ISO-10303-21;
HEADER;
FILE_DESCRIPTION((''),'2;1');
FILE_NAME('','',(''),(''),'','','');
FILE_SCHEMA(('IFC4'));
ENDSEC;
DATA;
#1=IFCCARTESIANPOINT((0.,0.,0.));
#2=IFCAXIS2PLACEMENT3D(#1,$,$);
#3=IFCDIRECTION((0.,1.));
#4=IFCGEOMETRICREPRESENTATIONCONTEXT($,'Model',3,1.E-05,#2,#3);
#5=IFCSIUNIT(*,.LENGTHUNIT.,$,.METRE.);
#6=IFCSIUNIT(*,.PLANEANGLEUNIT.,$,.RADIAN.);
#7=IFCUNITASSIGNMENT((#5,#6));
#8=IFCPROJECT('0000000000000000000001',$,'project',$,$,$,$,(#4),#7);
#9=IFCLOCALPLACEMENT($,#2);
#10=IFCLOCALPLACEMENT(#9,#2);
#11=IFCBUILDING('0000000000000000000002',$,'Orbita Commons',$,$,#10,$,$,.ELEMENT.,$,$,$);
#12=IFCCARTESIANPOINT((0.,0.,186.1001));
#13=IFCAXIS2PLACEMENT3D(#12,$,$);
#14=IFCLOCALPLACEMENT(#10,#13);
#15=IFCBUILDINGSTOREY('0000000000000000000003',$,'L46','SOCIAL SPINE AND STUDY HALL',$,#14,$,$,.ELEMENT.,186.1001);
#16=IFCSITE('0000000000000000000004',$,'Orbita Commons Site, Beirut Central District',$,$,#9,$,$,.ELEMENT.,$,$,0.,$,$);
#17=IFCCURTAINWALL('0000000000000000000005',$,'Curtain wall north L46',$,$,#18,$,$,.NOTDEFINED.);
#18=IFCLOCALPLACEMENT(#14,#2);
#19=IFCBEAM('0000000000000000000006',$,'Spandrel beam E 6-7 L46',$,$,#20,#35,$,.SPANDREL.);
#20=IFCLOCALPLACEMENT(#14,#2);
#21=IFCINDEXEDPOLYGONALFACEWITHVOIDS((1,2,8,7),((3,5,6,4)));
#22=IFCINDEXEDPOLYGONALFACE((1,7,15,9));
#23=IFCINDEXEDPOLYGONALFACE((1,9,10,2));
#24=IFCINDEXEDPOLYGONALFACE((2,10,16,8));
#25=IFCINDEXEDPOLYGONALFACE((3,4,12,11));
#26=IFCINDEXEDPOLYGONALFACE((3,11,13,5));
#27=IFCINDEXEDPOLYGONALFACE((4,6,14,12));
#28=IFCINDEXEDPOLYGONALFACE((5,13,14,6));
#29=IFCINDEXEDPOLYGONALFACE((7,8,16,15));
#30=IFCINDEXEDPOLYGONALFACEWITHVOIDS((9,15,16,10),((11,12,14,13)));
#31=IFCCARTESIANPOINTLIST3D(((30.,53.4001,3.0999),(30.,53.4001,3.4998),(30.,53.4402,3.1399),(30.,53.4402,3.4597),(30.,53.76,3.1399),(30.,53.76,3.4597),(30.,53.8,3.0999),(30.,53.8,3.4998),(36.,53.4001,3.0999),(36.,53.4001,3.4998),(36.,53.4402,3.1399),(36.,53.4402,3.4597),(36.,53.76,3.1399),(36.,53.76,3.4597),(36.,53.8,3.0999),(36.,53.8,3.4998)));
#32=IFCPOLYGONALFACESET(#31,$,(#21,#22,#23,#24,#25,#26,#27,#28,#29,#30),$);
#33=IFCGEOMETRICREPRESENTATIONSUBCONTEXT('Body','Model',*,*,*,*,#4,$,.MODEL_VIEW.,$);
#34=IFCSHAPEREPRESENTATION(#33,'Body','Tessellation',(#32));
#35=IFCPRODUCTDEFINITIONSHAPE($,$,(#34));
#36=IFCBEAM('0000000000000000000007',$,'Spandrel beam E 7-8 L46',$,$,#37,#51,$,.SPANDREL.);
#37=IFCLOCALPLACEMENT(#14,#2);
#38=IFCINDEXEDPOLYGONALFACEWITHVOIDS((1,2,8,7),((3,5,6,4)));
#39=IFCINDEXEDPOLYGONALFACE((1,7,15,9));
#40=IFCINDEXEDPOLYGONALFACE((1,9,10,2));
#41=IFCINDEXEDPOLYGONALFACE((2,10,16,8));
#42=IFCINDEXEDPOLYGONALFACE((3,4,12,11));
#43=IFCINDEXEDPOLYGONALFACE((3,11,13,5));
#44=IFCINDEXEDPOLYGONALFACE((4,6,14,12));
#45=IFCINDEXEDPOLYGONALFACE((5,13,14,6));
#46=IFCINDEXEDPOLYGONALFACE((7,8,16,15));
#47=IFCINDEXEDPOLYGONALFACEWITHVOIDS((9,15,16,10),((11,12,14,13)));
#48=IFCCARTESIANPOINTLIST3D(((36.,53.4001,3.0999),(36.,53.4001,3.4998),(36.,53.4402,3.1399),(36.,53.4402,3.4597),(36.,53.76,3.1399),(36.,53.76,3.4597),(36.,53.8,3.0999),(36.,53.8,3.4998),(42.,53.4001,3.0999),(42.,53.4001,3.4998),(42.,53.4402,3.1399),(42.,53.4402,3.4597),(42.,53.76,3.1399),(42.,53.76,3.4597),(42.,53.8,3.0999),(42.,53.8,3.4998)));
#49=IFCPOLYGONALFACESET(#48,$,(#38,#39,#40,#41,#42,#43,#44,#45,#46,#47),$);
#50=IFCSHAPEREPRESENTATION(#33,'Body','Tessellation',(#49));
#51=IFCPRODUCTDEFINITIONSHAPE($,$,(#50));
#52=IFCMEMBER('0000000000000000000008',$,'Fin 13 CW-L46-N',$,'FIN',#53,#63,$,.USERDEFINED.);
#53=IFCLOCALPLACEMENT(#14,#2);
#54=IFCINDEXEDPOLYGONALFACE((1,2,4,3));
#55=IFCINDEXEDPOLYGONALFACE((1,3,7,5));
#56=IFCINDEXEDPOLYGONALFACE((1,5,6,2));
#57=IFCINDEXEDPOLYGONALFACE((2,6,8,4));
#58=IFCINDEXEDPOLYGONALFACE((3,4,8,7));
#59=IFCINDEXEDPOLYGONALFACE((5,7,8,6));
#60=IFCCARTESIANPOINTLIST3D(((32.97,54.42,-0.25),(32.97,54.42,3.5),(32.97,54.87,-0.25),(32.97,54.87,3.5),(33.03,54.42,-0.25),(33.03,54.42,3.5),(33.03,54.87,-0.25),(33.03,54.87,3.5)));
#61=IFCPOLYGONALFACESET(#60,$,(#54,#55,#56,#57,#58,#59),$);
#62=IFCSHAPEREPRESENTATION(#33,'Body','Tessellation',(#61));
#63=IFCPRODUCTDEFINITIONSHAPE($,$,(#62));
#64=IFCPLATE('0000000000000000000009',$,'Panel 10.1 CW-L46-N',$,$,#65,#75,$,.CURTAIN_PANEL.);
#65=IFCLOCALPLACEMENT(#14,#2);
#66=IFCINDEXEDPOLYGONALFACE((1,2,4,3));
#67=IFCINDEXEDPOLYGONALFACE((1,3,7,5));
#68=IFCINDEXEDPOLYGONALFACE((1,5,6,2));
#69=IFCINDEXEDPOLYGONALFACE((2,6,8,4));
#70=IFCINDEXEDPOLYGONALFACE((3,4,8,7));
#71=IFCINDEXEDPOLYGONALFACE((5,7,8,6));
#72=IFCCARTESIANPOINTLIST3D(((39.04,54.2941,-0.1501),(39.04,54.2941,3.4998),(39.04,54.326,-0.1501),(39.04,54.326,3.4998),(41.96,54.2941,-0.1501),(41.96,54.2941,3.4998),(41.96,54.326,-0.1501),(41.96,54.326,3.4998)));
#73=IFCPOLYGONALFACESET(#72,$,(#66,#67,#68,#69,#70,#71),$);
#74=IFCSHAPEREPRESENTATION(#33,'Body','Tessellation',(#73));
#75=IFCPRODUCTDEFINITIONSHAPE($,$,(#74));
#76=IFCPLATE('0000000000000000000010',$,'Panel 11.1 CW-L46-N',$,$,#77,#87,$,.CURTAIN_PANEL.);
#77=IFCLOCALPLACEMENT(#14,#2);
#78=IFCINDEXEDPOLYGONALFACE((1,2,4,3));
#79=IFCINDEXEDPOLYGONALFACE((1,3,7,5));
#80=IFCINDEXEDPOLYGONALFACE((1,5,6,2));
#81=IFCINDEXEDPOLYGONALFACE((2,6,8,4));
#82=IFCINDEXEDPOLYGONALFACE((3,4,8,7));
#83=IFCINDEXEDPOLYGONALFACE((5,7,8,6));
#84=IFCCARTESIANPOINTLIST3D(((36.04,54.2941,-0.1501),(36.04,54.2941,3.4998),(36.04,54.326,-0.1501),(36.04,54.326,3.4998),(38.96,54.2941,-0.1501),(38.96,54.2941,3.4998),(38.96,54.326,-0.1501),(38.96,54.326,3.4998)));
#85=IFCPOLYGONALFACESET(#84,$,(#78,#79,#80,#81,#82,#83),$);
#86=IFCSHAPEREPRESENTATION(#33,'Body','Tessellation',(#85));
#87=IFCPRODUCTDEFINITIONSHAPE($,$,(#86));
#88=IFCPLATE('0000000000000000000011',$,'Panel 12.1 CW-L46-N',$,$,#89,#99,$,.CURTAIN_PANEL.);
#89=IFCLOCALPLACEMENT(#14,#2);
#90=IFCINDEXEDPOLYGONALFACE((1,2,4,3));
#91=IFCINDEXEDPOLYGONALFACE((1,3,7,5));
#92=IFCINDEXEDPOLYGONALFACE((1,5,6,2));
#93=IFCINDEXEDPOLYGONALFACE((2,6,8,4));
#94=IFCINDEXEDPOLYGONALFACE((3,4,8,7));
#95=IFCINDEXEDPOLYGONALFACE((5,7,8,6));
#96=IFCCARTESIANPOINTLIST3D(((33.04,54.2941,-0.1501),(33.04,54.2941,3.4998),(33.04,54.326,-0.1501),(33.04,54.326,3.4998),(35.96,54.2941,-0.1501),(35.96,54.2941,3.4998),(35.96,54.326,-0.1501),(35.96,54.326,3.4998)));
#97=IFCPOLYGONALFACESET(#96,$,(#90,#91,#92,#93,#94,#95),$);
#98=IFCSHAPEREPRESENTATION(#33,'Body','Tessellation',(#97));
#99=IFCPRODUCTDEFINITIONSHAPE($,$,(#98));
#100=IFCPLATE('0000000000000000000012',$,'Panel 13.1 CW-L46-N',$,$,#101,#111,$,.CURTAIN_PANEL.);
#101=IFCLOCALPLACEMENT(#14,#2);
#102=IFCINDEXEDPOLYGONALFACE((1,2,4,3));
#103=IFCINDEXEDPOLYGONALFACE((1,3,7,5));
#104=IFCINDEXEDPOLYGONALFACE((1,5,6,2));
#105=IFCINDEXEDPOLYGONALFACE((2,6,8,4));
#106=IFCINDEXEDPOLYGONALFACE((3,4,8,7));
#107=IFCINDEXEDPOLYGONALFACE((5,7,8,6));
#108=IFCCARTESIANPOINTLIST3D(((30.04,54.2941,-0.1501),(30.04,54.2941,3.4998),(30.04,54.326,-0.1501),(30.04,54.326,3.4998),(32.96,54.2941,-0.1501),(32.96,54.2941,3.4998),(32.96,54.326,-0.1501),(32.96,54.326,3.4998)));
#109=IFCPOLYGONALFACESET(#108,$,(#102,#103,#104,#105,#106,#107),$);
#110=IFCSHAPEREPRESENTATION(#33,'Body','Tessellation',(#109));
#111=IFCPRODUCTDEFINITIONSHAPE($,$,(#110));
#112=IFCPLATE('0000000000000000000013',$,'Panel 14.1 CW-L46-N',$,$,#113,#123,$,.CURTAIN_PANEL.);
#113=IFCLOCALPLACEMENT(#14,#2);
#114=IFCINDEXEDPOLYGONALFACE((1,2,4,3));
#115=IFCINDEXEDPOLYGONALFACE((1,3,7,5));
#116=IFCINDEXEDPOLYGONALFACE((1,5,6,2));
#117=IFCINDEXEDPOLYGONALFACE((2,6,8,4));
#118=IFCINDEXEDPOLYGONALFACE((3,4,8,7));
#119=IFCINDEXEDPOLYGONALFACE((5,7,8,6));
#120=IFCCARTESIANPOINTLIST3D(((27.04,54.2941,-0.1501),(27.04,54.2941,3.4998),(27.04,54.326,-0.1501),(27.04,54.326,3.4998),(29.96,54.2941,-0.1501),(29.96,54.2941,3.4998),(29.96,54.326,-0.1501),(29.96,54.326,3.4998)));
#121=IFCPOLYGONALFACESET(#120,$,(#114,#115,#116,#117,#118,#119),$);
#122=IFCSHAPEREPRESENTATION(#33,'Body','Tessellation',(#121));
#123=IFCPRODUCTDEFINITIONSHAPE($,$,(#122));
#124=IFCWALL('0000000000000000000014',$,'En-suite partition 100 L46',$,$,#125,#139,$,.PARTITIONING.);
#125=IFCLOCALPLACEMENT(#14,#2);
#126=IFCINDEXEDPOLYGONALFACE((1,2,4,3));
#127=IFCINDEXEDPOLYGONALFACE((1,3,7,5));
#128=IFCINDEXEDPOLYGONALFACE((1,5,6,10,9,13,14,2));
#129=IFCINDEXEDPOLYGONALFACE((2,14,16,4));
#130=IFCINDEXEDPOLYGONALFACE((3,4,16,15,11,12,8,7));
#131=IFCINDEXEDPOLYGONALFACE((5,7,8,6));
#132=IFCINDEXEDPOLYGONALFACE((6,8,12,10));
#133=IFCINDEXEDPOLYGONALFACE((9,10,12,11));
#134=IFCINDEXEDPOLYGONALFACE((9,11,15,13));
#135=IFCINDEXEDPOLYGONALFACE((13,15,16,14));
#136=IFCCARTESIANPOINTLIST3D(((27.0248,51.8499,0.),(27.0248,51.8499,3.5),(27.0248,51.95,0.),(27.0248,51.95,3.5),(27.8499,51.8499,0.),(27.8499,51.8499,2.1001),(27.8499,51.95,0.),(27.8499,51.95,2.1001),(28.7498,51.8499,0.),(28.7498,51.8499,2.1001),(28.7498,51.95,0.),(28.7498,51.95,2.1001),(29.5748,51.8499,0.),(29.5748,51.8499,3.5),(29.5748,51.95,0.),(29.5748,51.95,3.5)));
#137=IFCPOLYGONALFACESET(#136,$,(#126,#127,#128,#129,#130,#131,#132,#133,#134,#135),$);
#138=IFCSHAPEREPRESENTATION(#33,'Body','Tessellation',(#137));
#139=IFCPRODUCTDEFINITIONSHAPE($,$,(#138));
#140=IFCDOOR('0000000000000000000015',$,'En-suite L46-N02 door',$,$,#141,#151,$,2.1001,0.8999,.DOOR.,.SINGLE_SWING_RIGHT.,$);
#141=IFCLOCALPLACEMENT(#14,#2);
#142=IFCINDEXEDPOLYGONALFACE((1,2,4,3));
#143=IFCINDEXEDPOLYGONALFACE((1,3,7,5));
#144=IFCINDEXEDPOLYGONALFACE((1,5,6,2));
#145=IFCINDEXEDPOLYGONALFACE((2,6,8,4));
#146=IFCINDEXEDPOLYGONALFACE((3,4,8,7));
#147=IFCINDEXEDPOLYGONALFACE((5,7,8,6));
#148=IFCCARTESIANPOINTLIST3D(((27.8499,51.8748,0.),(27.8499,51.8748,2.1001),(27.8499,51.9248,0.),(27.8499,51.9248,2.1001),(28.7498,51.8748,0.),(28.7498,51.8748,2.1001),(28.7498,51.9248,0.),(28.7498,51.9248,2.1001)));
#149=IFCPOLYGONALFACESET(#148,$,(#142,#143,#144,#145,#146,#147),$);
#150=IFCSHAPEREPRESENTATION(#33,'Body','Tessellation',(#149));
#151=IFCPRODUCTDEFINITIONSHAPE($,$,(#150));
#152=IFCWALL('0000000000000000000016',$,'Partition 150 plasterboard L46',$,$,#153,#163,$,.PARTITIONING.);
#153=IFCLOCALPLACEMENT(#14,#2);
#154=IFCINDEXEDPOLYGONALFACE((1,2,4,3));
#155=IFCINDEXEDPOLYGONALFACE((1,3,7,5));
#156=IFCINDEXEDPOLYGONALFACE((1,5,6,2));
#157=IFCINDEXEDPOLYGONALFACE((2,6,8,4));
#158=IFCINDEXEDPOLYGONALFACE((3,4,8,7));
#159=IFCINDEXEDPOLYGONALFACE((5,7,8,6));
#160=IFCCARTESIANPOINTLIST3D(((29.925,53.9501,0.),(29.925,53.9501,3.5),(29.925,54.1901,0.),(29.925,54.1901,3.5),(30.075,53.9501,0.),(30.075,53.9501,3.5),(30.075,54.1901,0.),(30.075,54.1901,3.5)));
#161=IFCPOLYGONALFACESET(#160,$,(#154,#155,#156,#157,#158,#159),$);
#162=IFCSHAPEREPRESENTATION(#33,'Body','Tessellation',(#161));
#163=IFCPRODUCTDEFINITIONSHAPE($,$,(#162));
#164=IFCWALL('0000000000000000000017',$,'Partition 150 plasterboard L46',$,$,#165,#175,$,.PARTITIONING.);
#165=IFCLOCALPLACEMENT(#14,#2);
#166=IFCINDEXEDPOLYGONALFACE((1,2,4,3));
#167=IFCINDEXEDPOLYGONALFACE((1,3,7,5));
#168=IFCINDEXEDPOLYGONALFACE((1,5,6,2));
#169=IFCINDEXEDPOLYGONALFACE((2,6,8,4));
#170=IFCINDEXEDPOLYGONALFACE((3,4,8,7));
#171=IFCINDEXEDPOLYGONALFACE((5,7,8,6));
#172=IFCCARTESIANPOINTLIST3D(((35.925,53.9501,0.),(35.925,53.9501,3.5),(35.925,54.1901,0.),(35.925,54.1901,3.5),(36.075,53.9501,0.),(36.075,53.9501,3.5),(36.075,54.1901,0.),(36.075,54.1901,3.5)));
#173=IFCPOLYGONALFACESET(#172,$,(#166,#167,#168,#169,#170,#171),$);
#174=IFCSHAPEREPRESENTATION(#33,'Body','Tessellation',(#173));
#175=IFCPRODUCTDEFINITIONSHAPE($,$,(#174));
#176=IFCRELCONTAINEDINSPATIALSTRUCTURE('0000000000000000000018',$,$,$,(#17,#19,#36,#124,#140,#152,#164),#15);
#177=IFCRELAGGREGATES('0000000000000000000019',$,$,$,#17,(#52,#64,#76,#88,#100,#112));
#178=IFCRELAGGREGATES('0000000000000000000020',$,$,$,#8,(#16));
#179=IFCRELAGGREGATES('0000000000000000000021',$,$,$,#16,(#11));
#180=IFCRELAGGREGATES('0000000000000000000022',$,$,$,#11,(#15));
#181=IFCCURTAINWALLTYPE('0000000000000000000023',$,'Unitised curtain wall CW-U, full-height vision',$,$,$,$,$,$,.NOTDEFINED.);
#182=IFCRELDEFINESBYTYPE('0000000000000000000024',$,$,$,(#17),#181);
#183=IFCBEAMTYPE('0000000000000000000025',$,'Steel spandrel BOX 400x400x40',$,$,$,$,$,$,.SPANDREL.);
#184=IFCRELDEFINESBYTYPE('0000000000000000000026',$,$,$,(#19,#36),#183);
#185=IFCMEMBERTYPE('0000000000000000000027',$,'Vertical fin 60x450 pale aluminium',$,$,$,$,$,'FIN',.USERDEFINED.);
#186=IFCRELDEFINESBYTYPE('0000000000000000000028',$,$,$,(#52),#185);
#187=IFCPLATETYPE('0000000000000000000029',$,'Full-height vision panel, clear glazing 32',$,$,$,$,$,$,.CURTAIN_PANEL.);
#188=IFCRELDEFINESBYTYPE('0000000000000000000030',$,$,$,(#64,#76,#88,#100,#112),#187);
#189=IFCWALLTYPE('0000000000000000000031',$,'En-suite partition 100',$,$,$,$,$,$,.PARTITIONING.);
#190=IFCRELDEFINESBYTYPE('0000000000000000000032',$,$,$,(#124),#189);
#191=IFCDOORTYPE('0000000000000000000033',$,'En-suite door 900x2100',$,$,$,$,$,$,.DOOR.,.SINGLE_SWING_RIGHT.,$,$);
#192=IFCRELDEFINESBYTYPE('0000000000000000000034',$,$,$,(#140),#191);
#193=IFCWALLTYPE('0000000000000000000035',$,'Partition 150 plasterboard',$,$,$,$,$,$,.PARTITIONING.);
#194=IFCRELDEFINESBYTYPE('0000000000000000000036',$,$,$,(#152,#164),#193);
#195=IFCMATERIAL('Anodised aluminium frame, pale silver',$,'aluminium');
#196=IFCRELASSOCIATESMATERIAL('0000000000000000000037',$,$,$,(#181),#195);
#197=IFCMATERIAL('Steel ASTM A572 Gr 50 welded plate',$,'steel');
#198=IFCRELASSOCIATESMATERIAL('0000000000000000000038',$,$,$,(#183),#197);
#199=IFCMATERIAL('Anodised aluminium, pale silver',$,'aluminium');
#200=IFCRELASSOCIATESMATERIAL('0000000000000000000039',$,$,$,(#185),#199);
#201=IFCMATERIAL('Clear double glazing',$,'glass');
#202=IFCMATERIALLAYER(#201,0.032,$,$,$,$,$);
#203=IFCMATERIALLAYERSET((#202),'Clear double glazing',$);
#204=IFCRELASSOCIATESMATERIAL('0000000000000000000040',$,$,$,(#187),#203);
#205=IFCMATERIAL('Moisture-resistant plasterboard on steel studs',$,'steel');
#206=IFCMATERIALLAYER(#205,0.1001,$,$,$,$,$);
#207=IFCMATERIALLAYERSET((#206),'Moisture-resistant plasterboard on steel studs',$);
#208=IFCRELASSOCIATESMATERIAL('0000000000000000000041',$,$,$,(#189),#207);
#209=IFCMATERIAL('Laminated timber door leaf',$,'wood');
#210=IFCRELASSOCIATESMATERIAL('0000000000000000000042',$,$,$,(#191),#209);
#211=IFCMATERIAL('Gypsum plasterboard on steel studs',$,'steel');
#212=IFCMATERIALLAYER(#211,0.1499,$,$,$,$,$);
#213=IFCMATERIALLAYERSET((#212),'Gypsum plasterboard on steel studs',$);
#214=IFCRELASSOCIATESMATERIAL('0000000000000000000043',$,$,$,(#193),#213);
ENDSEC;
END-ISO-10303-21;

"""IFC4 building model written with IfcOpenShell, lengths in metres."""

from ifc_helpers import new_model, si_unit, direction, frame, frame_2d, origin, origin_2d, place, context, subcontext, project, spatial, rectangle, hollow_rectangle, extrude, material, layer, layer_set, material_profile, profile_set, type_object, element, fill, aggregate, save


model = new_model("IFC4")

# Units and contexts
model_context = context("Model", 3, precision=1e-05, world=origin(), true_north=direction((0.0, 1.0)))
body_context = subcontext(model_context, "Body", "Model", "MODEL_VIEW")
ifc_project = project(units=[si_unit("LENGTHUNIT", "METRE"), si_unit("PLANEANGLEUNIT", "RADIAN")], contexts=[model_context])

# Site, building, storey
site_placement = place(None, origin())
site = spatial("IfcSite", under=ifc_project, at=site_placement, Name="Orbita Commons Site, Beirut Central District", CompositionType="ELEMENT", RefElevation=0.0)
building_placement = place(site_placement, origin())
building = spatial("IfcBuilding", under=site, at=building_placement, Name="Orbita Commons", CompositionType="ELEMENT")
storey_placement = place(building_placement, frame((0.0, 0.0, 186.1001)))
storey = spatial("IfcBuildingStorey", under=building, at=storey_placement, Name="L46", Description="SOCIAL SPINE AND STUDY HALL", CompositionType="ELEMENT", Elevation=186.1001)

# Curtain wall
ifc_material_1 = material(Name="Anodised aluminium frame, pale silver", Category="aluminium")
curtain_wall_type = type_object("IfcCurtainWallType", Name="Unitised curtain wall CW-U, full-height vision", PredefinedType="NOTDEFINED", material=ifc_material_1)
curtain_wall_placement = place(storey_placement, origin())
curtain_wall = element("IfcCurtainWall", 1, at=curtain_wall_placement, inside=storey, type_object=curtain_wall_type, Name="Curtain wall north L46", PredefinedType="NOTDEFINED")

# Beams
ifc_material_2 = material(Name="Steel ASTM A572 Gr 50 welded plate", Category="steel")
ifc_material_profile_1 = material_profile(ifc_material_2, hollow_rectangle(XDim=0.3999, YDim=0.3999, WallThickness=0.04, at=origin_2d()), Name="BOX 400x400x40")
ifc_profile_set_1 = profile_set([ifc_material_profile_1], Name="Steel ASTM A572 Gr 50 welded plate")
beam_type = type_object("IfcBeamType", Name="Steel spandrel BOX 400x400x40", PredefinedType="SPANDREL", material=ifc_profile_set_1)
for number, where, z_axis, x_axis, name in (
    (2, (30.0, 53.6001, 3.2998), (1.0, 0.0, 0.0), (0.0, 1.0, 0.0), "Spandrel beam E 6-7 L46"),
    (3, (36.0, 53.6001, 3.2998), (1.0, 0.0, 0.0), (0.0, 1.0, 0.0), "Spandrel beam E 7-8 L46"),
):
    element("IfcBeam", number, at=place(storey_placement, frame(where, z_axis=z_axis, x_axis=x_axis)), inside=storey, type_object=beam_type, Name=name, PredefinedType="SPANDREL", context=body_context, shape_type="SweptSolid", body=[
        extrude(hollow_rectangle(XDim=0.3999, YDim=0.3999, WallThickness=0.04, at=origin_2d()), origin(), (0.0, 0.0, 1.0), 6.0),
    ])

# Member
ifc_material_3 = material(Name="Anodised aluminium, pale silver", Category="aluminium")
ifc_material_profile_2 = material_profile(ifc_material_3, rectangle(XDim=0.0601, YDim=0.45, at=origin_2d()), Name="FIN 60x450")
ifc_profile_set_2 = profile_set([ifc_material_profile_2], Name="Anodised aluminium, pale silver")
member_type_1 = type_object("IfcMemberType", Name="Vertical fin 60x450 pale aluminium", ElementType="FIN", PredefinedType="USERDEFINED", material=ifc_profile_set_2)
member_1_placement = place(storey_placement, frame((33.0, 54.645, -0.25), z_axis=(0.0, 0.0, 1.0), x_axis=(-1.0, 0.0, 0.0)))
member_1 = element("IfcMember", 4, at=member_1_placement, type_object=member_type_1, Name="Fin 13 CW-L46-N", ObjectType="FIN", PredefinedType="USERDEFINED", context=body_context, shape_type="SweptSolid", body=[
    extrude(rectangle(XDim=0.0601, YDim=0.45, at=origin_2d()), origin(), (0.0, 0.0, 1.0), 3.75),
])

# Plates
ifc_material_4 = material(Name="Clear double glazing", Category="glass")
ifc_layer_1 = layer(ifc_material_4, 0.032)
ifc_layer_set_1 = layer_set([ifc_layer_1], Name="Clear double glazing")
plate_type = type_object("IfcPlateType", Name="Full-height vision panel, clear glazing 32", PredefinedType="CURTAIN_PANEL", material=ifc_layer_set_1)
plate_1_placement = place(storey_placement, frame((40.5, 54.3101, -0.1501), z_axis=(0.0, 0.0, 1.0), x_axis=(-1.0, 0.0, 0.0)))
plate_1 = element("IfcPlate", 5, at=plate_1_placement, type_object=plate_type, Name="Panel 10.1 CW-L46-N", PredefinedType="CURTAIN_PANEL", context=body_context, shape_type="SweptSolid", body=[
    extrude(rectangle(XDim=2.9199, YDim=0.032, at=origin_2d()), origin(), (0.0, 0.0, 1.0), 3.6499),
])
plate_2_placement = place(storey_placement, frame((37.5, 54.3101, -0.1501), z_axis=(0.0, 0.0, 1.0), x_axis=(-1.0, 0.0, 0.0)))
plate_2 = element("IfcPlate", 6, at=plate_2_placement, type_object=plate_type, Name="Panel 11.1 CW-L46-N", PredefinedType="CURTAIN_PANEL", context=body_context, shape_type="SweptSolid", body=[
    extrude(rectangle(XDim=2.9199, YDim=0.032, at=origin_2d()), origin(), (0.0, 0.0, 1.0), 3.6499),
])
plate_3_placement = place(storey_placement, frame((34.5, 54.3101, -0.1501), z_axis=(0.0, 0.0, 1.0), x_axis=(-1.0, 0.0, 0.0)))
plate_3 = element("IfcPlate", 7, at=plate_3_placement, type_object=plate_type, Name="Panel 12.1 CW-L46-N", PredefinedType="CURTAIN_PANEL", context=body_context, shape_type="SweptSolid", body=[
    extrude(rectangle(XDim=2.9199, YDim=0.032, at=origin_2d()), origin(), (0.0, 0.0, 1.0), 3.6499),
])
plate_4_placement = place(storey_placement, frame((31.5, 54.3101, -0.1501), z_axis=(0.0, 0.0, 1.0), x_axis=(-1.0, 0.0, 0.0)))
plate_4 = element("IfcPlate", 8, at=plate_4_placement, type_object=plate_type, Name="Panel 13.1 CW-L46-N", PredefinedType="CURTAIN_PANEL", context=body_context, shape_type="SweptSolid", body=[
    extrude(rectangle(XDim=2.9199, YDim=0.032, at=origin_2d()), origin(), (0.0, 0.0, 1.0), 3.6499),
])
plate_5_placement = place(storey_placement, frame((28.5, 54.3101, -0.1501), z_axis=(0.0, 0.0, 1.0), x_axis=(-1.0, 0.0, 0.0)))
plate_5 = element("IfcPlate", 9, at=plate_5_placement, type_object=plate_type, Name="Panel 14.1 CW-L46-N", PredefinedType="CURTAIN_PANEL", context=body_context, shape_type="SweptSolid", body=[
    extrude(rectangle(XDim=2.9199, YDim=0.032, at=origin_2d()), origin(), (0.0, 0.0, 1.0), 3.6499),
])
aggregate(curtain_wall, [member_1, plate_1, plate_2, plate_3, plate_4, plate_5])

# Wall, opening, door
ifc_material_5 = material(Name="Moisture-resistant plasterboard on steel studs", Category="steel")
ifc_layer_2 = layer(ifc_material_5, 0.1001)
ifc_layer_set_2 = layer_set([ifc_layer_2], Name="Moisture-resistant plasterboard on steel studs")
wall_type_1 = type_object("IfcWallType", Name="En-suite partition 100", PredefinedType="PARTITIONING", material=ifc_layer_set_2)
wall_placement = place(storey_placement, frame((27.0249, 51.8999, 0.0), z_axis=(0.0, 0.0, 1.0), x_axis=(1.0, 0.0, 0.0)))
wall = element("IfcWall", 10, at=wall_placement, inside=storey, type_object=wall_type_1, Name="En-suite partition 100 L46", PredefinedType="PARTITIONING", context=body_context, shape_type="SweptSolid", body=[
    extrude(rectangle(XDim=2.55, YDim=0.1001, at=frame_2d((1.2749, 0.0))), origin(), (0.0, 0.0, 1.0), 3.5),
])
opening_placement = place(wall_placement, frame((0.825, 0.0, 0.0)))
opening = element("IfcOpeningElement", 11, at=opening_placement, cuts=wall, PredefinedType="OPENING", context=body_context, shape_type="SweptSolid", body=[
    extrude(rectangle(XDim=0.8999, YDim=2.1001, at=frame_2d((0.45, 1.05))), frame((0.0, 0.0601, 0.0), z_axis=(0.0, -1.0, 0.0), x_axis=(1.0, 0.0, 0.0)), (0.0, 0.0, 1.0), 0.1201),
])
ifc_material_6 = material(Name="Laminated timber door leaf", Category="wood")
door_type = type_object("IfcDoorType", Name="En-suite door 900x2100", OperationType="SINGLE_SWING_RIGHT", PredefinedType="DOOR", material=ifc_material_6)
door_placement = place(opening_placement, origin())
door = element("IfcDoor", 12, at=door_placement, inside=storey, type_object=door_type, Name="En-suite L46-N02 door", OperationType="SINGLE_SWING_RIGHT", OverallHeight=2.1001, OverallWidth=0.8999, PredefinedType="DOOR", context=body_context, shape_type="SweptSolid", body=[
    extrude(rectangle(XDim=0.8999, YDim=2.1001, at=frame_2d((0.45, 1.05))), frame((0.0, 0.0249, 0.0), z_axis=(0.0, -1.0, 0.0), x_axis=(1.0, 0.0, 0.0)), (0.0, 0.0, 1.0), 0.05),
])
fill(opening, door)

# Walls
ifc_material_7 = material(Name="Gypsum plasterboard on steel studs", Category="steel")
ifc_layer_3 = layer(ifc_material_7, 0.1499)
ifc_layer_set_3 = layer_set([ifc_layer_3], Name="Gypsum plasterboard on steel studs")
wall_type_2 = type_object("IfcWallType", Name="Partition 150 plasterboard", PredefinedType="PARTITIONING", material=ifc_layer_set_3)
for number, where, z_axis, x_axis, name in (
    (13, (30.0, 53.95, 0.0), (0.0, 0.0, 1.0), (0.0, 1.0, 0.0), "Partition 150 plasterboard L46"),
    (14, (36.0, 53.95, 0.0), (0.0, 0.0, 1.0), (0.0, 1.0, 0.0), "Partition 150 plasterboard L46"),
):
    element("IfcWall", number, at=place(storey_placement, frame(where, z_axis=z_axis, x_axis=x_axis)), inside=storey, type_object=wall_type_2, Name=name, PredefinedType="PARTITIONING", context=body_context, shape_type="SweptSolid", body=[
        extrude(rectangle(XDim=0.24, YDim=0.1499, at=frame_2d((0.1201, 0.0))), origin(), (0.0, 0.0, 1.0), 3.5),
    ])

save(model, "model.ifc")
